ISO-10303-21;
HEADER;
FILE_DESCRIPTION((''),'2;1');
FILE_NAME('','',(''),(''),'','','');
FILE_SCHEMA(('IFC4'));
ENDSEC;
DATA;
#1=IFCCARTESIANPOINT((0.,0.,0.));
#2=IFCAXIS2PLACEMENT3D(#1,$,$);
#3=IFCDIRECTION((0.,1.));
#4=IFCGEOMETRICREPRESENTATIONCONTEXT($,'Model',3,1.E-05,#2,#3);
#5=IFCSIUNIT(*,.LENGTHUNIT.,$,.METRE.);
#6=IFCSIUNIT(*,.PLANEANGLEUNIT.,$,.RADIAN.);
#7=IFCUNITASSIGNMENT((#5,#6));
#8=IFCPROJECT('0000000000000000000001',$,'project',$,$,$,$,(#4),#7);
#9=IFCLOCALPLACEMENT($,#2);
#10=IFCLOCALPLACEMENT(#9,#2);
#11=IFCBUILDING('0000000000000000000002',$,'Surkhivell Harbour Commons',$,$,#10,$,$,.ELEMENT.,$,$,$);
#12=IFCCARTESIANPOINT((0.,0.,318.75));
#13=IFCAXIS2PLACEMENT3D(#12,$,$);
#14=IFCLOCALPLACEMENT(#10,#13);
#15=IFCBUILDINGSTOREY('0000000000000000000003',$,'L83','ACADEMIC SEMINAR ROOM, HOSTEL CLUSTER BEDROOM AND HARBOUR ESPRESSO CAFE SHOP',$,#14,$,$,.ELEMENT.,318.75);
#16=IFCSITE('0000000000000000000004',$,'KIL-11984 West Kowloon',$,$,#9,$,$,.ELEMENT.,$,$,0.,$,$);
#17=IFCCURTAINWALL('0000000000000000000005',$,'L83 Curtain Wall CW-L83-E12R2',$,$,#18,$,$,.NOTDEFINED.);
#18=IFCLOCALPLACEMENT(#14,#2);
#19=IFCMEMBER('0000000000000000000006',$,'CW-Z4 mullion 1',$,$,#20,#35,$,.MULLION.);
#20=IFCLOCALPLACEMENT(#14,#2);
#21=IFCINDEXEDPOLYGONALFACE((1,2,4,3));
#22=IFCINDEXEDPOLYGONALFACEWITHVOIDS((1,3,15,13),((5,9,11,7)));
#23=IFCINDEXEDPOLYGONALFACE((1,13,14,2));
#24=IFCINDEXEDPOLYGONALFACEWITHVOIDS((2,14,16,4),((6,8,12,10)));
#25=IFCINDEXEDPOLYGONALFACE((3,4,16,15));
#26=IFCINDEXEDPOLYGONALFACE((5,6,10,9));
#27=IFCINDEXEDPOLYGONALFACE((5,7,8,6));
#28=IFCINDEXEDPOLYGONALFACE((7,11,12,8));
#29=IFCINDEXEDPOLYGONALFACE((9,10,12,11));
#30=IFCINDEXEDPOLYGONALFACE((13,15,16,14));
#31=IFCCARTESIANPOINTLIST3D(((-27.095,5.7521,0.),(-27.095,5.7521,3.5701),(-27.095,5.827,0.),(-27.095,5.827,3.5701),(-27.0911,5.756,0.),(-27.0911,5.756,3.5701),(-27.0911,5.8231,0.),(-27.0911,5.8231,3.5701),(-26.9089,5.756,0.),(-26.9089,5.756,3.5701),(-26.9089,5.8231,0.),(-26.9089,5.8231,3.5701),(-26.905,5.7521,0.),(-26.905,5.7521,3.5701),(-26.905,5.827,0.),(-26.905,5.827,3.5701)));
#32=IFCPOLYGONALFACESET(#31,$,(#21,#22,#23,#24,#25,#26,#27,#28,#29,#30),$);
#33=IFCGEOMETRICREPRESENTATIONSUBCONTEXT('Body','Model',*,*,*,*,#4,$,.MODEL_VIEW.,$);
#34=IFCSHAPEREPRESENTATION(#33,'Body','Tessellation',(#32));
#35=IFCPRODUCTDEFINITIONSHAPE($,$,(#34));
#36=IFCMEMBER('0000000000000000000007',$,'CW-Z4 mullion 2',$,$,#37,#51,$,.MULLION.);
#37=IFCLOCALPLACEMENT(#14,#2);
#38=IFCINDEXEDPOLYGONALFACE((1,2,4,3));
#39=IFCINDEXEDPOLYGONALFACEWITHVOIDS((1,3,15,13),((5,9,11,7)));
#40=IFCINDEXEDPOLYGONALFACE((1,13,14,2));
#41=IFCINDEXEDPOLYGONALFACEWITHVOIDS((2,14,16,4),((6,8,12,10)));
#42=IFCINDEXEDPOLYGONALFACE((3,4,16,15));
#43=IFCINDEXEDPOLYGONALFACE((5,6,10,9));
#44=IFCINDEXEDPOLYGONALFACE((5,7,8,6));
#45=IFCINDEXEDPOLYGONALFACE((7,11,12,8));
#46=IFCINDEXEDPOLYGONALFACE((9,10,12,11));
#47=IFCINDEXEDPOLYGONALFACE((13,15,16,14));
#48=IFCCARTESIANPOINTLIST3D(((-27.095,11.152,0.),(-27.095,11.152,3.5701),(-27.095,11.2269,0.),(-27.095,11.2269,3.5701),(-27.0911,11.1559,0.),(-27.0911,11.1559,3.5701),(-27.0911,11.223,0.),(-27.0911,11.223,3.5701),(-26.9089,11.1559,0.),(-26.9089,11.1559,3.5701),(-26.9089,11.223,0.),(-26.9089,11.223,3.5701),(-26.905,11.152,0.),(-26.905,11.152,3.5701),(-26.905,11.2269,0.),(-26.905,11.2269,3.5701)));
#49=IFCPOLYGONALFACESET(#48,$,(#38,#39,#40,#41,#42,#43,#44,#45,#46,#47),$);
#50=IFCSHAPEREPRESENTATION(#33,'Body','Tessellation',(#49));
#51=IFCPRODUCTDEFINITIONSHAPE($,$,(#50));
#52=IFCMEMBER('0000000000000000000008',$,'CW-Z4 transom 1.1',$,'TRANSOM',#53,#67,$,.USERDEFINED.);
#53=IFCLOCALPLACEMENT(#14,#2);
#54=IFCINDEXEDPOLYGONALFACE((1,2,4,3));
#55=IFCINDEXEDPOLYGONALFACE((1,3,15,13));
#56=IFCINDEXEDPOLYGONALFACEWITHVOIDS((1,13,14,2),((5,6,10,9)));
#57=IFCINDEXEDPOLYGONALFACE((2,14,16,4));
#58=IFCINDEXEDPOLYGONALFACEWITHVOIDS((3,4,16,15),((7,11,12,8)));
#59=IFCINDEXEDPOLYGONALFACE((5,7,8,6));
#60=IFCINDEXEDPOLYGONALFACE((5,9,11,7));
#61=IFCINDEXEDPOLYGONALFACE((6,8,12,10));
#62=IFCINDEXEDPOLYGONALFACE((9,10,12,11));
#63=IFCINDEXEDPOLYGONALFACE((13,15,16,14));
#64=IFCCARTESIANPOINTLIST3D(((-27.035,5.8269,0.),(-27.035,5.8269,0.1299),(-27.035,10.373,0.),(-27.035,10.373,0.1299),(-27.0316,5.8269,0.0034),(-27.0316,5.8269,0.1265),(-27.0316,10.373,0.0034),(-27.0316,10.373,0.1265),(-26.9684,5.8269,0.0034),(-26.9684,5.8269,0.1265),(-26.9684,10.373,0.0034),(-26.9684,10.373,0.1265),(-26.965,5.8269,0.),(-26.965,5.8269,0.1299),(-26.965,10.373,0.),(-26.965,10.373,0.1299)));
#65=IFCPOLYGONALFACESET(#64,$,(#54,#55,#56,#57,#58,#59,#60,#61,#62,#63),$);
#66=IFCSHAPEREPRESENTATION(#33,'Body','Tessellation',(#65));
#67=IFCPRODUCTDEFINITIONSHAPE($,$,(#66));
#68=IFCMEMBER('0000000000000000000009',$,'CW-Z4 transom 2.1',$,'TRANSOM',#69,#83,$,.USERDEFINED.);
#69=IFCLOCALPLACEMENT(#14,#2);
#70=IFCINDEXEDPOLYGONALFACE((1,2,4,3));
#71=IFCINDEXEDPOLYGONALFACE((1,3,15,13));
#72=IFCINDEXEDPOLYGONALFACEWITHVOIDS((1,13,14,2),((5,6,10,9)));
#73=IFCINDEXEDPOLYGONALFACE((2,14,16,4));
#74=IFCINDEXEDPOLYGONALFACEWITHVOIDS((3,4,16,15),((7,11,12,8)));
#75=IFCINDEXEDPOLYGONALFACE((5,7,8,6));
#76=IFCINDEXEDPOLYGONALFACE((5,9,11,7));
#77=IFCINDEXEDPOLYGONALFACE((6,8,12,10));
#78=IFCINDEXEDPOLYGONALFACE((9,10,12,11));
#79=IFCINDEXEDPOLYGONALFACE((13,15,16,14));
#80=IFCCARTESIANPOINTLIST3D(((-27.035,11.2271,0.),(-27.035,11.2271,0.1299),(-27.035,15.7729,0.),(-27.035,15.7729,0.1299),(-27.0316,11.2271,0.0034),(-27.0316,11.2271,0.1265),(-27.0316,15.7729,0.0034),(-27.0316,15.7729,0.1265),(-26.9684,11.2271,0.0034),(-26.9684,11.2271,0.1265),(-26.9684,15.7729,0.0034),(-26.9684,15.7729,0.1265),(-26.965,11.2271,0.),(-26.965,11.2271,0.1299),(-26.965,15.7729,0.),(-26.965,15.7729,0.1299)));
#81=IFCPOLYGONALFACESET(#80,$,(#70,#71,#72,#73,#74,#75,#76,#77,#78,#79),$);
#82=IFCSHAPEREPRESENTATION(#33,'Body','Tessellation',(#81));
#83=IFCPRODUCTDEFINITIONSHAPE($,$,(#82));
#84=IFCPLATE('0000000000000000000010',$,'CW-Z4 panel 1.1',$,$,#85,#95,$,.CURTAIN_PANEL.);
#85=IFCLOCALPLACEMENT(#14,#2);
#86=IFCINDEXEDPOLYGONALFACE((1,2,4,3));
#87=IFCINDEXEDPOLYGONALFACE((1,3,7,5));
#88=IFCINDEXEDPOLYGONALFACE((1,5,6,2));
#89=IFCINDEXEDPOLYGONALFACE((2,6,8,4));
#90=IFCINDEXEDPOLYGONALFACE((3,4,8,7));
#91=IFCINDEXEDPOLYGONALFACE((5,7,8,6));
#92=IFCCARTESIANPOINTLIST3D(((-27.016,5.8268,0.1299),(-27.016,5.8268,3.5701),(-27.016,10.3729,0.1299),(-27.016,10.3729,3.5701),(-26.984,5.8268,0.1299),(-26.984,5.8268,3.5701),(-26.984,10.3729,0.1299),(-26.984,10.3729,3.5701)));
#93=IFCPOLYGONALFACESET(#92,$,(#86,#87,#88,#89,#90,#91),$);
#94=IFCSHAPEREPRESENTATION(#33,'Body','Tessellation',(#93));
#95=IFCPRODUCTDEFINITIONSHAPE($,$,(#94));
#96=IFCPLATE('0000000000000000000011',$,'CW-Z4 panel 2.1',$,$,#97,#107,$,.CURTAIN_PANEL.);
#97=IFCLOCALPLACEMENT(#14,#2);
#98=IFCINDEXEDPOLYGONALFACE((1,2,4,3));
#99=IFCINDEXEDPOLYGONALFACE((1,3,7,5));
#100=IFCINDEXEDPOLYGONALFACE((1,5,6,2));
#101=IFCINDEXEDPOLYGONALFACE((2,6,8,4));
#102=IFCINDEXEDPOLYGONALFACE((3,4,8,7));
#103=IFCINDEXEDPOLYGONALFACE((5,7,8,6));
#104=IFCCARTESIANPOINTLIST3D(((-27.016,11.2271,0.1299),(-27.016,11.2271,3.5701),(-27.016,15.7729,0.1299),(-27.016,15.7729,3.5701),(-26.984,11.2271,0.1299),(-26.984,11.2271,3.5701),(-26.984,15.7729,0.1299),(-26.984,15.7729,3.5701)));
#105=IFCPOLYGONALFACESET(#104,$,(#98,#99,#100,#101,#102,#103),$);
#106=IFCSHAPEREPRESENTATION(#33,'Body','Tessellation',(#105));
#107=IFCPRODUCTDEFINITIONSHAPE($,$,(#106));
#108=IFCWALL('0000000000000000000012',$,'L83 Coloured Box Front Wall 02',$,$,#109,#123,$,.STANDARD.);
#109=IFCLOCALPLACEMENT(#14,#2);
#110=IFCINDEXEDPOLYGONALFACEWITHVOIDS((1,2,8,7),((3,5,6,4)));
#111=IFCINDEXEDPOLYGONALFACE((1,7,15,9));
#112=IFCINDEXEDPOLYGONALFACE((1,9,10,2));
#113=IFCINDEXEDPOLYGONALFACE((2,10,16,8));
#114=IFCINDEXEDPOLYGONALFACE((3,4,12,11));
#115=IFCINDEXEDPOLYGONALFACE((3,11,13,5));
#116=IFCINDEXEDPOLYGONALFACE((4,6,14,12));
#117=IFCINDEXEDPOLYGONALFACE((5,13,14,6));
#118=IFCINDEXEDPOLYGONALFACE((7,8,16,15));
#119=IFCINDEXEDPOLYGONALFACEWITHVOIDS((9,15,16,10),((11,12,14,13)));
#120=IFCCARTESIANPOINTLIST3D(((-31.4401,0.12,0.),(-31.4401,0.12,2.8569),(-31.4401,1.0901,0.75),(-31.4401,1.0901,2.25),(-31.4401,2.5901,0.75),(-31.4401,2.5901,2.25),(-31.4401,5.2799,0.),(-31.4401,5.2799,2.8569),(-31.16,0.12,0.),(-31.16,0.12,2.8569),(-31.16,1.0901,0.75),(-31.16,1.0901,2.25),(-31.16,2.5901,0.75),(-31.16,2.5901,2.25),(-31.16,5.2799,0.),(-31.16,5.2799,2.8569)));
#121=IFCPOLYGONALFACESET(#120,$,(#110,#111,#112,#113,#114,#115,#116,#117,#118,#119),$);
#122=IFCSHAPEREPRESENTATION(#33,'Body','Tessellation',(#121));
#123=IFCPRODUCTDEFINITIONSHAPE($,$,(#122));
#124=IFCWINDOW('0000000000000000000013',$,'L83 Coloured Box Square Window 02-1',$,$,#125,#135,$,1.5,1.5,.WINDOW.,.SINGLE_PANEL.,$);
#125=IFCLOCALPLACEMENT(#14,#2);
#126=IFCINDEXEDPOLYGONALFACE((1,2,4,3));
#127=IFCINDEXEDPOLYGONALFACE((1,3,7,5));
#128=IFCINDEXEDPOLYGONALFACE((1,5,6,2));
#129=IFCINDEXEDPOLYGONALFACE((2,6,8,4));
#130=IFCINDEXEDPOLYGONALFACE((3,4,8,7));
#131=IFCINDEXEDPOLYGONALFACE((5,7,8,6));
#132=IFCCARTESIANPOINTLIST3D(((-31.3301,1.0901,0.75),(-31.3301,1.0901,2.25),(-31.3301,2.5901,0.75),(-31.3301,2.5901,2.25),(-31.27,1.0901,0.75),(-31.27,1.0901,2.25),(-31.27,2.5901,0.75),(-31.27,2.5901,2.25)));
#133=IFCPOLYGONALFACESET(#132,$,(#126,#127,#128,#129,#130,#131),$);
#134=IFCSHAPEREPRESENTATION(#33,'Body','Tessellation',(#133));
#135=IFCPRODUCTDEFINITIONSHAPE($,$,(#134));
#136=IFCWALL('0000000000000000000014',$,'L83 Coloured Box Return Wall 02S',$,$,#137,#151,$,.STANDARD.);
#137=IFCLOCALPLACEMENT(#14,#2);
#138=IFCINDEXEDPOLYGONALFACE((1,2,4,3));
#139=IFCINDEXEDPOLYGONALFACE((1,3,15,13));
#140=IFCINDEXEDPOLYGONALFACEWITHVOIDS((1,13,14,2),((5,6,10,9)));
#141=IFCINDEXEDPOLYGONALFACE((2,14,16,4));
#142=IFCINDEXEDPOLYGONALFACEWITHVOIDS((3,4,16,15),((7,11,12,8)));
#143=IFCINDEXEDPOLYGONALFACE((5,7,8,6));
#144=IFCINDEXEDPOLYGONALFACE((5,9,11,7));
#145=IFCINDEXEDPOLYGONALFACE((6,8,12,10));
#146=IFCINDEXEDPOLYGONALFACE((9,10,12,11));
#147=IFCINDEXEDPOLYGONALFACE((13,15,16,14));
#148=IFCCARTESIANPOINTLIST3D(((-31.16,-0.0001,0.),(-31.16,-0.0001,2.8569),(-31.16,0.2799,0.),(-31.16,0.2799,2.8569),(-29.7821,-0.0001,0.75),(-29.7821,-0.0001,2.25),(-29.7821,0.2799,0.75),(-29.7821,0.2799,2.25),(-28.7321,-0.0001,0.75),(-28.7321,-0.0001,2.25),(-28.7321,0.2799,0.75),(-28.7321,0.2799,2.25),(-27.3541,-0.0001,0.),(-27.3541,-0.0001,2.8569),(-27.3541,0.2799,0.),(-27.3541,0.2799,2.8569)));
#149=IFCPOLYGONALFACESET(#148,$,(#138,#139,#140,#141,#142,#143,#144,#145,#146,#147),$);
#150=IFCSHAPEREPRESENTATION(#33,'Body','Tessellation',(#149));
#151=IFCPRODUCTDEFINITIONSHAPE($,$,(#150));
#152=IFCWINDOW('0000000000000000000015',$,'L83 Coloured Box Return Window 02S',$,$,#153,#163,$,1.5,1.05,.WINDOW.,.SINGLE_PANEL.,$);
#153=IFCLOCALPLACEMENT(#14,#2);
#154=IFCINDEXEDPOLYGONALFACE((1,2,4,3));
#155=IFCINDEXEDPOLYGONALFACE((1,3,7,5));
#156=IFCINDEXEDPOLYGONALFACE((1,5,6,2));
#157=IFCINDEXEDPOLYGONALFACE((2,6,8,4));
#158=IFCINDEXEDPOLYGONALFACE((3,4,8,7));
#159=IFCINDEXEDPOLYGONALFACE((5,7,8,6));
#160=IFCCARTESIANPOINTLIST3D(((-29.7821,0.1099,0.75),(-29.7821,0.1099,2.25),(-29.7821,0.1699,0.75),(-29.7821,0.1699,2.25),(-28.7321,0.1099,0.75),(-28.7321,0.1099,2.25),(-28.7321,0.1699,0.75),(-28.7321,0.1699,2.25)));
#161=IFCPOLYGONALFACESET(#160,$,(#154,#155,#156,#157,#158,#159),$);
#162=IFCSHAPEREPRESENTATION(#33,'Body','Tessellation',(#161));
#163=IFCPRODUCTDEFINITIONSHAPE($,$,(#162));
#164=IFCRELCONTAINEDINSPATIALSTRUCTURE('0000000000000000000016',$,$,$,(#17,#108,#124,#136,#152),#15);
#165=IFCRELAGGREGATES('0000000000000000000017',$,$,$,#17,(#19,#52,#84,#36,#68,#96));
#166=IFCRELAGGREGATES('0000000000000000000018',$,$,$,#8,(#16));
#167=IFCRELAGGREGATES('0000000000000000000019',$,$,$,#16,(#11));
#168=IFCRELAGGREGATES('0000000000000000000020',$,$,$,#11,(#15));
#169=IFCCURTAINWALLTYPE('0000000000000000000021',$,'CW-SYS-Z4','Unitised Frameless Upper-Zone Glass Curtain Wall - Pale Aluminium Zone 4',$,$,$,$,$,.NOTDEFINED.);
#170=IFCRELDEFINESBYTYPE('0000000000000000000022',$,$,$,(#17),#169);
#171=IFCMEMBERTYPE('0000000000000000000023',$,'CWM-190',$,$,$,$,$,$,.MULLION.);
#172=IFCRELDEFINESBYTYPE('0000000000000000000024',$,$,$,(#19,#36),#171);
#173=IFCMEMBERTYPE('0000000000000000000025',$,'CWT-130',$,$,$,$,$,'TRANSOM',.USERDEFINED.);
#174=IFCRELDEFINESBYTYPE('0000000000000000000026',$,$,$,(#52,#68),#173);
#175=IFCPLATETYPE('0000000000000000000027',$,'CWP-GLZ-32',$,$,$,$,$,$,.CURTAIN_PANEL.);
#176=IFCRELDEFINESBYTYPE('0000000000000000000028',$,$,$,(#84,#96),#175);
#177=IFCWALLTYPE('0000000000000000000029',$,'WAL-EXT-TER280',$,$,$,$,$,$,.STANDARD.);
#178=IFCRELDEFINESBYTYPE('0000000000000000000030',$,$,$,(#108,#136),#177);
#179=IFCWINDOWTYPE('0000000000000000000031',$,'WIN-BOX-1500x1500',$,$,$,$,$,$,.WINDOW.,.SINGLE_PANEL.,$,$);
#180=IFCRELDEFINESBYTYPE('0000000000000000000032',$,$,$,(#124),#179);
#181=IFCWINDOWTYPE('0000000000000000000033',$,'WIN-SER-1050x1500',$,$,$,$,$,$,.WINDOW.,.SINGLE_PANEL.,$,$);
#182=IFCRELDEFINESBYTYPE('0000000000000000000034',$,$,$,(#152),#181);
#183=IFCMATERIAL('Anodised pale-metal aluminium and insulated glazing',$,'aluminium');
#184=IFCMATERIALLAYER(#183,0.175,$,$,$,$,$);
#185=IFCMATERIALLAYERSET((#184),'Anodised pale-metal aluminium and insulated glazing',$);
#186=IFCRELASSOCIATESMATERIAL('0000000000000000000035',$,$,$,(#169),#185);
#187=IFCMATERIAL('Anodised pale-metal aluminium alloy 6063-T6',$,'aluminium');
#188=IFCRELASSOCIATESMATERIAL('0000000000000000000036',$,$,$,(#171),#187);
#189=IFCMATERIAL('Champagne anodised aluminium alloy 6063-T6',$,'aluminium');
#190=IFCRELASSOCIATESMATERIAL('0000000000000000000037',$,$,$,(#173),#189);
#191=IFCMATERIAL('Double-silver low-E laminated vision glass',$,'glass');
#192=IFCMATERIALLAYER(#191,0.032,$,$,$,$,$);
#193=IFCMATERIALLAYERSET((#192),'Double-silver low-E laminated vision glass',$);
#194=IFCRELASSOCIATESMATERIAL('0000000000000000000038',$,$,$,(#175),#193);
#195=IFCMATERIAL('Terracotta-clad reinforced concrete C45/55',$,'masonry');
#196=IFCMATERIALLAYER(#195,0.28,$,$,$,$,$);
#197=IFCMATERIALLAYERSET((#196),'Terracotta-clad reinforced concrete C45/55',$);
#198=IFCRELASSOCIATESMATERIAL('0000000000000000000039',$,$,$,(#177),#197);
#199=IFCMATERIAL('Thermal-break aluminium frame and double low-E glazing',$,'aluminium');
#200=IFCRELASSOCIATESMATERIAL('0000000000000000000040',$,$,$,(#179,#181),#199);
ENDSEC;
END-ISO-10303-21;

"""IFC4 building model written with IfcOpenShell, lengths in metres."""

from ifc_helpers import new_model, si_unit, direction, frame, frame_2d, origin, origin_2d, place, context, subcontext, project, spatial, rectangle, hollow_rectangle, extrude, material, layer, layer_set, material_profile, profile_set, type_object, element, fill, aggregate, save


model = new_model("IFC4")

# Units and contexts
model_context = context("Model", 3, precision=1e-05, world=origin(), true_north=direction((0.0, 1.0)))
body_context = subcontext(model_context, "Body", "Model", "MODEL_VIEW")
ifc_project = project(units=[si_unit("LENGTHUNIT", "METRE"), si_unit("PLANEANGLEUNIT", "RADIAN")], contexts=[model_context])

# Site, building, storey
site_placement = place(None, origin())
site = spatial("IfcSite", under=ifc_project, at=site_placement, Name="KIL-11984 West Kowloon", CompositionType="ELEMENT", RefElevation=0.0)
building_placement = place(site_placement, origin())
building = spatial("IfcBuilding", under=site, at=building_placement, Name="Surkhivell Harbour Commons", CompositionType="ELEMENT")
storey_placement = place(building_placement, frame((0.0, 0.0, 318.75)))
storey = spatial("IfcBuildingStorey", under=building, at=storey_placement, Name="L83", Description="ACADEMIC SEMINAR ROOM, HOSTEL CLUSTER BEDROOM AND HARBOUR ESPRESSO CAFE SHOP", CompositionType="ELEMENT", Elevation=318.75)

# Curtain wall, members, plates
ifc_material_1 = material(Name="Anodised pale-metal aluminium and insulated glazing", Category="aluminium")
ifc_layer_1 = layer(ifc_material_1, 0.175)
ifc_layer_set_1 = layer_set([ifc_layer_1], Name="Anodised pale-metal aluminium and insulated glazing")
curtain_wall_type = type_object("IfcCurtainWallType", Name="CW-SYS-Z4", Description="Unitised Frameless Upper-Zone Glass Curtain Wall - Pale Aluminium Zone 4", PredefinedType="NOTDEFINED", material=ifc_layer_set_1)
curtain_wall_placement = place(storey_placement, origin())
curtain_wall = element("IfcCurtainWall", 1, at=curtain_wall_placement, inside=storey, type_object=curtain_wall_type, Name="L83 Curtain Wall CW-L83-E12R2", PredefinedType="NOTDEFINED")
ifc_material_2 = material(Name="Anodised pale-metal aluminium alloy 6063-T6", Category="aluminium")
ifc_material_profile_1 = material_profile(ifc_material_2, hollow_rectangle(XDim=0.075, YDim=0.1899, WallThickness=0.0039, at=origin_2d()), Name="ALU-MULL-75x190")
ifc_profile_set_1 = profile_set([ifc_material_profile_1], Name="Anodised pale-metal aluminium alloy 6063-T6")
member_type_1 = type_object("IfcMemberType", Name="CWM-190", PredefinedType="MULLION", material=ifc_profile_set_1)
member_1_placement = place(storey_placement, frame((-27.0, 5.7896, 0.0), z_axis=(0.0, 0.0, 1.0), x_axis=(0.0, 1.0, 0.0)))
member_1 = element("IfcMember", 2, at=member_1_placement, type_object=member_type_1, Name="CW-Z4 mullion 1", PredefinedType="MULLION", context=body_context, shape_type="SweptSolid", body=[
    extrude(hollow_rectangle(XDim=0.075, YDim=0.1899, WallThickness=0.0039, at=origin_2d()), origin(), (0.0, 0.0, 1.0), 3.5701),
])
member_2_placement = place(storey_placement, frame((-27.0, 11.1895, 0.0), z_axis=(0.0, 0.0, 1.0), x_axis=(0.0, 1.0, 0.0)))
member_2 = element("IfcMember", 3, at=member_2_placement, type_object=member_type_1, Name="CW-Z4 mullion 2", PredefinedType="MULLION", context=body_context, shape_type="SweptSolid", body=[
    extrude(hollow_rectangle(XDim=0.075, YDim=0.1899, WallThickness=0.0039, at=origin_2d()), origin(), (0.0, 0.0, 1.0), 3.5701),
])
ifc_material_3 = material(Name="Champagne anodised aluminium alloy 6063-T6", Category="aluminium")
ifc_material_profile_2 = material_profile(ifc_material_3, hollow_rectangle(XDim=0.0701, YDim=0.1299, WallThickness=0.0034, at=origin_2d()), Name="ALU-TRAN-70x130")
ifc_profile_set_2 = profile_set([ifc_material_profile_2], Name="Champagne anodised aluminium alloy 6063-T6")
member_type_2 = type_object("IfcMemberType", Name="CWT-130", ElementType="TRANSOM", PredefinedType="USERDEFINED", material=ifc_profile_set_2)
member_3_placement = place(storey_placement, frame((-27.0, 5.8269, 0.0649), z_axis=(0.0, 1.0, 0.0), x_axis=(-1.0, 0.0, 0.0)))
member_3 = element("IfcMember", 4, at=member_3_placement, type_object=member_type_2, Name="CW-Z4 transom 1.1", ObjectType="TRANSOM", PredefinedType="USERDEFINED", context=body_context, shape_type="SweptSolid", body=[
    extrude(hollow_rectangle(XDim=0.0701, YDim=0.1299, WallThickness=0.0034, at=origin_2d()), origin(), (0.0, 0.0, 1.0), 4.5461),
])
member_4_placement = place(storey_placement, frame((-27.0, 11.2271, 0.0649), z_axis=(0.0, 1.0, 0.0), x_axis=(-1.0, 0.0, 0.0)))
member_4 = element("IfcMember", 5, at=member_4_placement, type_object=member_type_2, Name="CW-Z4 transom 2.1", ObjectType="TRANSOM", PredefinedType="USERDEFINED", context=body_context, shape_type="SweptSolid", body=[
    extrude(hollow_rectangle(XDim=0.0701, YDim=0.1299, WallThickness=0.0034, at=origin_2d()), origin(), (0.0, 0.0, 1.0), 4.5459),
])
ifc_material_4 = material(Name="Double-silver low-E laminated vision glass", Category="glass")
ifc_layer_2 = layer(ifc_material_4, 0.032)
ifc_layer_set_2 = layer_set([ifc_layer_2], Name="Double-silver low-E laminated vision glass")
plate_type = type_object("IfcPlateType", Name="CWP-GLZ-32", PredefinedType="CURTAIN_PANEL", material=ifc_layer_set_2)
plate_1_placement = place(storey_placement, frame((-27.0, 5.8269, 0.1299), z_axis=(0.0, 0.0, 1.0), x_axis=(0.0, 1.0, 0.0)))
plate_1 = element("IfcPlate", 6, at=plate_1_placement, type_object=plate_type, Name="CW-Z4 panel 1.1", PredefinedType="CURTAIN_PANEL", context=body_context, shape_type="SweptSolid", body=[
    extrude(rectangle(XDim=4.5461, YDim=0.032, at=frame_2d((2.2729, 0.0))), origin(), (0.0, 0.0, 1.0), 3.4402),
])
plate_2_placement = place(storey_placement, frame((-27.0, 11.2271, 0.1299), z_axis=(0.0, 0.0, 1.0), x_axis=(0.0, 1.0, 0.0)))
plate_2 = element("IfcPlate", 7, at=plate_2_placement, type_object=plate_type, Name="CW-Z4 panel 2.1", PredefinedType="CURTAIN_PANEL", context=body_context, shape_type="SweptSolid", body=[
    extrude(rectangle(XDim=4.5459, YDim=0.032, at=frame_2d((2.2729, 0.0))), origin(), (0.0, 0.0, 1.0), 3.4402),
])
aggregate(curtain_wall, [member_1, member_3, plate_1, member_2, member_4, plate_2])

# Walls, openings, windows
ifc_material_5 = material(Name="Terracotta-clad reinforced concrete C45/55", Category="masonry")
ifc_layer_3 = layer(ifc_material_5, 0.28)
ifc_layer_set_3 = layer_set([ifc_layer_3], Name="Terracotta-clad reinforced concrete C45/55")
wall_type_1 = type_object("IfcWallType", Name="WAL-EXT-TER280", PredefinedType="STANDARD", material=ifc_layer_set_3)
wall_1_placement = place(storey_placement, frame((-31.3, 5.28, 0.0), z_axis=(0.0, 0.0, 1.0), x_axis=(0.0, -1.0, 0.0)))
wall_1 = element("IfcWall", 8, at=wall_1_placement, inside=storey, type_object=wall_type_1, Name="L83 Coloured Box Front Wall 02", PredefinedType="STANDARD", context=body_context, shape_type="SweptSolid", body=[
    extrude(rectangle(XDim=5.1599, YDim=0.28, at=frame_2d((2.5801, 0.0))), origin(), (0.0, 0.0, 1.0), 2.8569),
])
opening_1_placement = place(wall_1_placement, frame((2.6899, 0.0, 0.75)))
opening_1 = element("IfcOpeningElement", 9, at=opening_1_placement, cuts=wall_1, PredefinedType="OPENING", context=body_context, shape_type="SweptSolid", body=[
    extrude(rectangle(XDim=1.5, YDim=1.5, at=frame_2d((0.75, 0.75))), frame((0.0, 0.1499, 0.0), z_axis=(0.0, -1.0, 0.0), x_axis=(1.0, 0.0, 0.0)), (0.0, 0.0, 1.0), 0.3),
])
ifc_material_6 = material(Name="Thermal-break aluminium frame and double low-E glazing", Category="aluminium")
window_type_1 = type_object("IfcWindowType", Name="WIN-BOX-1500x1500", PartitioningType="SINGLE_PANEL", PredefinedType="WINDOW", material=ifc_material_6)
window_1_placement = place(opening_1_placement, origin())
window_1 = element("IfcWindow", 10, at=window_1_placement, inside=storey, type_object=window_type_1, Name="L83 Coloured Box Square Window 02-1", OverallHeight=1.5, OverallWidth=1.5, PartitioningType="SINGLE_PANEL", PredefinedType="WINDOW", context=body_context, shape_type="SweptSolid", body=[
    extrude(rectangle(XDim=1.5, YDim=1.5, at=frame_2d((0.75, 0.75))), frame((0.0, 0.03, 0.0), z_axis=(0.0, -1.0, 0.0), x_axis=(1.0, 0.0, 0.0)), (0.0, 0.0, 1.0), 0.0601),
])
fill(opening_1, window_1)
wall_2_placement = place(storey_placement, frame((-31.1599, 0.1399, 0.0), z_axis=(0.0, 0.0, 1.0), x_axis=(1.0, 0.0, 0.0)))
wall_2 = element("IfcWall", 11, at=wall_2_placement, inside=storey, type_object=wall_type_1, Name="L83 Coloured Box Return Wall 02S", PredefinedType="STANDARD", context=body_context, shape_type="SweptSolid", body=[
    extrude(rectangle(XDim=3.8059, YDim=0.28, at=frame_2d((1.9028, 0.0))), origin(), (0.0, 0.0, 1.0), 2.8569),
])
opening_2_placement = place(wall_2_placement, frame((1.3779, 0.0, 0.75)))
opening_2 = element("IfcOpeningElement", 12, at=opening_2_placement, cuts=wall_2, PredefinedType="OPENING", context=body_context, shape_type="SweptSolid", body=[
    extrude(rectangle(XDim=1.05, YDim=1.5, at=frame_2d((0.5249, 0.75))), frame((0.0, 0.1499, 0.0), z_axis=(0.0, -1.0, 0.0), x_axis=(1.0, 0.0, 0.0)), (0.0, 0.0, 1.0), 0.3),
])
window_type_2 = type_object("IfcWindowType", Name="WIN-SER-1050x1500", PartitioningType="SINGLE_PANEL", PredefinedType="WINDOW", material=ifc_material_6)
window_2_placement = place(opening_2_placement, origin())
window_2 = element("IfcWindow", 13, at=window_2_placement, inside=storey, type_object=window_type_2, Name="L83 Coloured Box Return Window 02S", OverallHeight=1.5, OverallWidth=1.05, PartitioningType="SINGLE_PANEL", PredefinedType="WINDOW", context=body_context, shape_type="SweptSolid", body=[
    extrude(rectangle(XDim=1.05, YDim=1.5, at=frame_2d((0.5249, 0.75))), frame((0.0, 0.03, 0.0), z_axis=(0.0, -1.0, 0.0), x_axis=(1.0, 0.0, 0.0)), (0.0, 0.0, 1.0), 0.0601),
])
fill(opening_2, window_2)

save(model, "model.ifc")
